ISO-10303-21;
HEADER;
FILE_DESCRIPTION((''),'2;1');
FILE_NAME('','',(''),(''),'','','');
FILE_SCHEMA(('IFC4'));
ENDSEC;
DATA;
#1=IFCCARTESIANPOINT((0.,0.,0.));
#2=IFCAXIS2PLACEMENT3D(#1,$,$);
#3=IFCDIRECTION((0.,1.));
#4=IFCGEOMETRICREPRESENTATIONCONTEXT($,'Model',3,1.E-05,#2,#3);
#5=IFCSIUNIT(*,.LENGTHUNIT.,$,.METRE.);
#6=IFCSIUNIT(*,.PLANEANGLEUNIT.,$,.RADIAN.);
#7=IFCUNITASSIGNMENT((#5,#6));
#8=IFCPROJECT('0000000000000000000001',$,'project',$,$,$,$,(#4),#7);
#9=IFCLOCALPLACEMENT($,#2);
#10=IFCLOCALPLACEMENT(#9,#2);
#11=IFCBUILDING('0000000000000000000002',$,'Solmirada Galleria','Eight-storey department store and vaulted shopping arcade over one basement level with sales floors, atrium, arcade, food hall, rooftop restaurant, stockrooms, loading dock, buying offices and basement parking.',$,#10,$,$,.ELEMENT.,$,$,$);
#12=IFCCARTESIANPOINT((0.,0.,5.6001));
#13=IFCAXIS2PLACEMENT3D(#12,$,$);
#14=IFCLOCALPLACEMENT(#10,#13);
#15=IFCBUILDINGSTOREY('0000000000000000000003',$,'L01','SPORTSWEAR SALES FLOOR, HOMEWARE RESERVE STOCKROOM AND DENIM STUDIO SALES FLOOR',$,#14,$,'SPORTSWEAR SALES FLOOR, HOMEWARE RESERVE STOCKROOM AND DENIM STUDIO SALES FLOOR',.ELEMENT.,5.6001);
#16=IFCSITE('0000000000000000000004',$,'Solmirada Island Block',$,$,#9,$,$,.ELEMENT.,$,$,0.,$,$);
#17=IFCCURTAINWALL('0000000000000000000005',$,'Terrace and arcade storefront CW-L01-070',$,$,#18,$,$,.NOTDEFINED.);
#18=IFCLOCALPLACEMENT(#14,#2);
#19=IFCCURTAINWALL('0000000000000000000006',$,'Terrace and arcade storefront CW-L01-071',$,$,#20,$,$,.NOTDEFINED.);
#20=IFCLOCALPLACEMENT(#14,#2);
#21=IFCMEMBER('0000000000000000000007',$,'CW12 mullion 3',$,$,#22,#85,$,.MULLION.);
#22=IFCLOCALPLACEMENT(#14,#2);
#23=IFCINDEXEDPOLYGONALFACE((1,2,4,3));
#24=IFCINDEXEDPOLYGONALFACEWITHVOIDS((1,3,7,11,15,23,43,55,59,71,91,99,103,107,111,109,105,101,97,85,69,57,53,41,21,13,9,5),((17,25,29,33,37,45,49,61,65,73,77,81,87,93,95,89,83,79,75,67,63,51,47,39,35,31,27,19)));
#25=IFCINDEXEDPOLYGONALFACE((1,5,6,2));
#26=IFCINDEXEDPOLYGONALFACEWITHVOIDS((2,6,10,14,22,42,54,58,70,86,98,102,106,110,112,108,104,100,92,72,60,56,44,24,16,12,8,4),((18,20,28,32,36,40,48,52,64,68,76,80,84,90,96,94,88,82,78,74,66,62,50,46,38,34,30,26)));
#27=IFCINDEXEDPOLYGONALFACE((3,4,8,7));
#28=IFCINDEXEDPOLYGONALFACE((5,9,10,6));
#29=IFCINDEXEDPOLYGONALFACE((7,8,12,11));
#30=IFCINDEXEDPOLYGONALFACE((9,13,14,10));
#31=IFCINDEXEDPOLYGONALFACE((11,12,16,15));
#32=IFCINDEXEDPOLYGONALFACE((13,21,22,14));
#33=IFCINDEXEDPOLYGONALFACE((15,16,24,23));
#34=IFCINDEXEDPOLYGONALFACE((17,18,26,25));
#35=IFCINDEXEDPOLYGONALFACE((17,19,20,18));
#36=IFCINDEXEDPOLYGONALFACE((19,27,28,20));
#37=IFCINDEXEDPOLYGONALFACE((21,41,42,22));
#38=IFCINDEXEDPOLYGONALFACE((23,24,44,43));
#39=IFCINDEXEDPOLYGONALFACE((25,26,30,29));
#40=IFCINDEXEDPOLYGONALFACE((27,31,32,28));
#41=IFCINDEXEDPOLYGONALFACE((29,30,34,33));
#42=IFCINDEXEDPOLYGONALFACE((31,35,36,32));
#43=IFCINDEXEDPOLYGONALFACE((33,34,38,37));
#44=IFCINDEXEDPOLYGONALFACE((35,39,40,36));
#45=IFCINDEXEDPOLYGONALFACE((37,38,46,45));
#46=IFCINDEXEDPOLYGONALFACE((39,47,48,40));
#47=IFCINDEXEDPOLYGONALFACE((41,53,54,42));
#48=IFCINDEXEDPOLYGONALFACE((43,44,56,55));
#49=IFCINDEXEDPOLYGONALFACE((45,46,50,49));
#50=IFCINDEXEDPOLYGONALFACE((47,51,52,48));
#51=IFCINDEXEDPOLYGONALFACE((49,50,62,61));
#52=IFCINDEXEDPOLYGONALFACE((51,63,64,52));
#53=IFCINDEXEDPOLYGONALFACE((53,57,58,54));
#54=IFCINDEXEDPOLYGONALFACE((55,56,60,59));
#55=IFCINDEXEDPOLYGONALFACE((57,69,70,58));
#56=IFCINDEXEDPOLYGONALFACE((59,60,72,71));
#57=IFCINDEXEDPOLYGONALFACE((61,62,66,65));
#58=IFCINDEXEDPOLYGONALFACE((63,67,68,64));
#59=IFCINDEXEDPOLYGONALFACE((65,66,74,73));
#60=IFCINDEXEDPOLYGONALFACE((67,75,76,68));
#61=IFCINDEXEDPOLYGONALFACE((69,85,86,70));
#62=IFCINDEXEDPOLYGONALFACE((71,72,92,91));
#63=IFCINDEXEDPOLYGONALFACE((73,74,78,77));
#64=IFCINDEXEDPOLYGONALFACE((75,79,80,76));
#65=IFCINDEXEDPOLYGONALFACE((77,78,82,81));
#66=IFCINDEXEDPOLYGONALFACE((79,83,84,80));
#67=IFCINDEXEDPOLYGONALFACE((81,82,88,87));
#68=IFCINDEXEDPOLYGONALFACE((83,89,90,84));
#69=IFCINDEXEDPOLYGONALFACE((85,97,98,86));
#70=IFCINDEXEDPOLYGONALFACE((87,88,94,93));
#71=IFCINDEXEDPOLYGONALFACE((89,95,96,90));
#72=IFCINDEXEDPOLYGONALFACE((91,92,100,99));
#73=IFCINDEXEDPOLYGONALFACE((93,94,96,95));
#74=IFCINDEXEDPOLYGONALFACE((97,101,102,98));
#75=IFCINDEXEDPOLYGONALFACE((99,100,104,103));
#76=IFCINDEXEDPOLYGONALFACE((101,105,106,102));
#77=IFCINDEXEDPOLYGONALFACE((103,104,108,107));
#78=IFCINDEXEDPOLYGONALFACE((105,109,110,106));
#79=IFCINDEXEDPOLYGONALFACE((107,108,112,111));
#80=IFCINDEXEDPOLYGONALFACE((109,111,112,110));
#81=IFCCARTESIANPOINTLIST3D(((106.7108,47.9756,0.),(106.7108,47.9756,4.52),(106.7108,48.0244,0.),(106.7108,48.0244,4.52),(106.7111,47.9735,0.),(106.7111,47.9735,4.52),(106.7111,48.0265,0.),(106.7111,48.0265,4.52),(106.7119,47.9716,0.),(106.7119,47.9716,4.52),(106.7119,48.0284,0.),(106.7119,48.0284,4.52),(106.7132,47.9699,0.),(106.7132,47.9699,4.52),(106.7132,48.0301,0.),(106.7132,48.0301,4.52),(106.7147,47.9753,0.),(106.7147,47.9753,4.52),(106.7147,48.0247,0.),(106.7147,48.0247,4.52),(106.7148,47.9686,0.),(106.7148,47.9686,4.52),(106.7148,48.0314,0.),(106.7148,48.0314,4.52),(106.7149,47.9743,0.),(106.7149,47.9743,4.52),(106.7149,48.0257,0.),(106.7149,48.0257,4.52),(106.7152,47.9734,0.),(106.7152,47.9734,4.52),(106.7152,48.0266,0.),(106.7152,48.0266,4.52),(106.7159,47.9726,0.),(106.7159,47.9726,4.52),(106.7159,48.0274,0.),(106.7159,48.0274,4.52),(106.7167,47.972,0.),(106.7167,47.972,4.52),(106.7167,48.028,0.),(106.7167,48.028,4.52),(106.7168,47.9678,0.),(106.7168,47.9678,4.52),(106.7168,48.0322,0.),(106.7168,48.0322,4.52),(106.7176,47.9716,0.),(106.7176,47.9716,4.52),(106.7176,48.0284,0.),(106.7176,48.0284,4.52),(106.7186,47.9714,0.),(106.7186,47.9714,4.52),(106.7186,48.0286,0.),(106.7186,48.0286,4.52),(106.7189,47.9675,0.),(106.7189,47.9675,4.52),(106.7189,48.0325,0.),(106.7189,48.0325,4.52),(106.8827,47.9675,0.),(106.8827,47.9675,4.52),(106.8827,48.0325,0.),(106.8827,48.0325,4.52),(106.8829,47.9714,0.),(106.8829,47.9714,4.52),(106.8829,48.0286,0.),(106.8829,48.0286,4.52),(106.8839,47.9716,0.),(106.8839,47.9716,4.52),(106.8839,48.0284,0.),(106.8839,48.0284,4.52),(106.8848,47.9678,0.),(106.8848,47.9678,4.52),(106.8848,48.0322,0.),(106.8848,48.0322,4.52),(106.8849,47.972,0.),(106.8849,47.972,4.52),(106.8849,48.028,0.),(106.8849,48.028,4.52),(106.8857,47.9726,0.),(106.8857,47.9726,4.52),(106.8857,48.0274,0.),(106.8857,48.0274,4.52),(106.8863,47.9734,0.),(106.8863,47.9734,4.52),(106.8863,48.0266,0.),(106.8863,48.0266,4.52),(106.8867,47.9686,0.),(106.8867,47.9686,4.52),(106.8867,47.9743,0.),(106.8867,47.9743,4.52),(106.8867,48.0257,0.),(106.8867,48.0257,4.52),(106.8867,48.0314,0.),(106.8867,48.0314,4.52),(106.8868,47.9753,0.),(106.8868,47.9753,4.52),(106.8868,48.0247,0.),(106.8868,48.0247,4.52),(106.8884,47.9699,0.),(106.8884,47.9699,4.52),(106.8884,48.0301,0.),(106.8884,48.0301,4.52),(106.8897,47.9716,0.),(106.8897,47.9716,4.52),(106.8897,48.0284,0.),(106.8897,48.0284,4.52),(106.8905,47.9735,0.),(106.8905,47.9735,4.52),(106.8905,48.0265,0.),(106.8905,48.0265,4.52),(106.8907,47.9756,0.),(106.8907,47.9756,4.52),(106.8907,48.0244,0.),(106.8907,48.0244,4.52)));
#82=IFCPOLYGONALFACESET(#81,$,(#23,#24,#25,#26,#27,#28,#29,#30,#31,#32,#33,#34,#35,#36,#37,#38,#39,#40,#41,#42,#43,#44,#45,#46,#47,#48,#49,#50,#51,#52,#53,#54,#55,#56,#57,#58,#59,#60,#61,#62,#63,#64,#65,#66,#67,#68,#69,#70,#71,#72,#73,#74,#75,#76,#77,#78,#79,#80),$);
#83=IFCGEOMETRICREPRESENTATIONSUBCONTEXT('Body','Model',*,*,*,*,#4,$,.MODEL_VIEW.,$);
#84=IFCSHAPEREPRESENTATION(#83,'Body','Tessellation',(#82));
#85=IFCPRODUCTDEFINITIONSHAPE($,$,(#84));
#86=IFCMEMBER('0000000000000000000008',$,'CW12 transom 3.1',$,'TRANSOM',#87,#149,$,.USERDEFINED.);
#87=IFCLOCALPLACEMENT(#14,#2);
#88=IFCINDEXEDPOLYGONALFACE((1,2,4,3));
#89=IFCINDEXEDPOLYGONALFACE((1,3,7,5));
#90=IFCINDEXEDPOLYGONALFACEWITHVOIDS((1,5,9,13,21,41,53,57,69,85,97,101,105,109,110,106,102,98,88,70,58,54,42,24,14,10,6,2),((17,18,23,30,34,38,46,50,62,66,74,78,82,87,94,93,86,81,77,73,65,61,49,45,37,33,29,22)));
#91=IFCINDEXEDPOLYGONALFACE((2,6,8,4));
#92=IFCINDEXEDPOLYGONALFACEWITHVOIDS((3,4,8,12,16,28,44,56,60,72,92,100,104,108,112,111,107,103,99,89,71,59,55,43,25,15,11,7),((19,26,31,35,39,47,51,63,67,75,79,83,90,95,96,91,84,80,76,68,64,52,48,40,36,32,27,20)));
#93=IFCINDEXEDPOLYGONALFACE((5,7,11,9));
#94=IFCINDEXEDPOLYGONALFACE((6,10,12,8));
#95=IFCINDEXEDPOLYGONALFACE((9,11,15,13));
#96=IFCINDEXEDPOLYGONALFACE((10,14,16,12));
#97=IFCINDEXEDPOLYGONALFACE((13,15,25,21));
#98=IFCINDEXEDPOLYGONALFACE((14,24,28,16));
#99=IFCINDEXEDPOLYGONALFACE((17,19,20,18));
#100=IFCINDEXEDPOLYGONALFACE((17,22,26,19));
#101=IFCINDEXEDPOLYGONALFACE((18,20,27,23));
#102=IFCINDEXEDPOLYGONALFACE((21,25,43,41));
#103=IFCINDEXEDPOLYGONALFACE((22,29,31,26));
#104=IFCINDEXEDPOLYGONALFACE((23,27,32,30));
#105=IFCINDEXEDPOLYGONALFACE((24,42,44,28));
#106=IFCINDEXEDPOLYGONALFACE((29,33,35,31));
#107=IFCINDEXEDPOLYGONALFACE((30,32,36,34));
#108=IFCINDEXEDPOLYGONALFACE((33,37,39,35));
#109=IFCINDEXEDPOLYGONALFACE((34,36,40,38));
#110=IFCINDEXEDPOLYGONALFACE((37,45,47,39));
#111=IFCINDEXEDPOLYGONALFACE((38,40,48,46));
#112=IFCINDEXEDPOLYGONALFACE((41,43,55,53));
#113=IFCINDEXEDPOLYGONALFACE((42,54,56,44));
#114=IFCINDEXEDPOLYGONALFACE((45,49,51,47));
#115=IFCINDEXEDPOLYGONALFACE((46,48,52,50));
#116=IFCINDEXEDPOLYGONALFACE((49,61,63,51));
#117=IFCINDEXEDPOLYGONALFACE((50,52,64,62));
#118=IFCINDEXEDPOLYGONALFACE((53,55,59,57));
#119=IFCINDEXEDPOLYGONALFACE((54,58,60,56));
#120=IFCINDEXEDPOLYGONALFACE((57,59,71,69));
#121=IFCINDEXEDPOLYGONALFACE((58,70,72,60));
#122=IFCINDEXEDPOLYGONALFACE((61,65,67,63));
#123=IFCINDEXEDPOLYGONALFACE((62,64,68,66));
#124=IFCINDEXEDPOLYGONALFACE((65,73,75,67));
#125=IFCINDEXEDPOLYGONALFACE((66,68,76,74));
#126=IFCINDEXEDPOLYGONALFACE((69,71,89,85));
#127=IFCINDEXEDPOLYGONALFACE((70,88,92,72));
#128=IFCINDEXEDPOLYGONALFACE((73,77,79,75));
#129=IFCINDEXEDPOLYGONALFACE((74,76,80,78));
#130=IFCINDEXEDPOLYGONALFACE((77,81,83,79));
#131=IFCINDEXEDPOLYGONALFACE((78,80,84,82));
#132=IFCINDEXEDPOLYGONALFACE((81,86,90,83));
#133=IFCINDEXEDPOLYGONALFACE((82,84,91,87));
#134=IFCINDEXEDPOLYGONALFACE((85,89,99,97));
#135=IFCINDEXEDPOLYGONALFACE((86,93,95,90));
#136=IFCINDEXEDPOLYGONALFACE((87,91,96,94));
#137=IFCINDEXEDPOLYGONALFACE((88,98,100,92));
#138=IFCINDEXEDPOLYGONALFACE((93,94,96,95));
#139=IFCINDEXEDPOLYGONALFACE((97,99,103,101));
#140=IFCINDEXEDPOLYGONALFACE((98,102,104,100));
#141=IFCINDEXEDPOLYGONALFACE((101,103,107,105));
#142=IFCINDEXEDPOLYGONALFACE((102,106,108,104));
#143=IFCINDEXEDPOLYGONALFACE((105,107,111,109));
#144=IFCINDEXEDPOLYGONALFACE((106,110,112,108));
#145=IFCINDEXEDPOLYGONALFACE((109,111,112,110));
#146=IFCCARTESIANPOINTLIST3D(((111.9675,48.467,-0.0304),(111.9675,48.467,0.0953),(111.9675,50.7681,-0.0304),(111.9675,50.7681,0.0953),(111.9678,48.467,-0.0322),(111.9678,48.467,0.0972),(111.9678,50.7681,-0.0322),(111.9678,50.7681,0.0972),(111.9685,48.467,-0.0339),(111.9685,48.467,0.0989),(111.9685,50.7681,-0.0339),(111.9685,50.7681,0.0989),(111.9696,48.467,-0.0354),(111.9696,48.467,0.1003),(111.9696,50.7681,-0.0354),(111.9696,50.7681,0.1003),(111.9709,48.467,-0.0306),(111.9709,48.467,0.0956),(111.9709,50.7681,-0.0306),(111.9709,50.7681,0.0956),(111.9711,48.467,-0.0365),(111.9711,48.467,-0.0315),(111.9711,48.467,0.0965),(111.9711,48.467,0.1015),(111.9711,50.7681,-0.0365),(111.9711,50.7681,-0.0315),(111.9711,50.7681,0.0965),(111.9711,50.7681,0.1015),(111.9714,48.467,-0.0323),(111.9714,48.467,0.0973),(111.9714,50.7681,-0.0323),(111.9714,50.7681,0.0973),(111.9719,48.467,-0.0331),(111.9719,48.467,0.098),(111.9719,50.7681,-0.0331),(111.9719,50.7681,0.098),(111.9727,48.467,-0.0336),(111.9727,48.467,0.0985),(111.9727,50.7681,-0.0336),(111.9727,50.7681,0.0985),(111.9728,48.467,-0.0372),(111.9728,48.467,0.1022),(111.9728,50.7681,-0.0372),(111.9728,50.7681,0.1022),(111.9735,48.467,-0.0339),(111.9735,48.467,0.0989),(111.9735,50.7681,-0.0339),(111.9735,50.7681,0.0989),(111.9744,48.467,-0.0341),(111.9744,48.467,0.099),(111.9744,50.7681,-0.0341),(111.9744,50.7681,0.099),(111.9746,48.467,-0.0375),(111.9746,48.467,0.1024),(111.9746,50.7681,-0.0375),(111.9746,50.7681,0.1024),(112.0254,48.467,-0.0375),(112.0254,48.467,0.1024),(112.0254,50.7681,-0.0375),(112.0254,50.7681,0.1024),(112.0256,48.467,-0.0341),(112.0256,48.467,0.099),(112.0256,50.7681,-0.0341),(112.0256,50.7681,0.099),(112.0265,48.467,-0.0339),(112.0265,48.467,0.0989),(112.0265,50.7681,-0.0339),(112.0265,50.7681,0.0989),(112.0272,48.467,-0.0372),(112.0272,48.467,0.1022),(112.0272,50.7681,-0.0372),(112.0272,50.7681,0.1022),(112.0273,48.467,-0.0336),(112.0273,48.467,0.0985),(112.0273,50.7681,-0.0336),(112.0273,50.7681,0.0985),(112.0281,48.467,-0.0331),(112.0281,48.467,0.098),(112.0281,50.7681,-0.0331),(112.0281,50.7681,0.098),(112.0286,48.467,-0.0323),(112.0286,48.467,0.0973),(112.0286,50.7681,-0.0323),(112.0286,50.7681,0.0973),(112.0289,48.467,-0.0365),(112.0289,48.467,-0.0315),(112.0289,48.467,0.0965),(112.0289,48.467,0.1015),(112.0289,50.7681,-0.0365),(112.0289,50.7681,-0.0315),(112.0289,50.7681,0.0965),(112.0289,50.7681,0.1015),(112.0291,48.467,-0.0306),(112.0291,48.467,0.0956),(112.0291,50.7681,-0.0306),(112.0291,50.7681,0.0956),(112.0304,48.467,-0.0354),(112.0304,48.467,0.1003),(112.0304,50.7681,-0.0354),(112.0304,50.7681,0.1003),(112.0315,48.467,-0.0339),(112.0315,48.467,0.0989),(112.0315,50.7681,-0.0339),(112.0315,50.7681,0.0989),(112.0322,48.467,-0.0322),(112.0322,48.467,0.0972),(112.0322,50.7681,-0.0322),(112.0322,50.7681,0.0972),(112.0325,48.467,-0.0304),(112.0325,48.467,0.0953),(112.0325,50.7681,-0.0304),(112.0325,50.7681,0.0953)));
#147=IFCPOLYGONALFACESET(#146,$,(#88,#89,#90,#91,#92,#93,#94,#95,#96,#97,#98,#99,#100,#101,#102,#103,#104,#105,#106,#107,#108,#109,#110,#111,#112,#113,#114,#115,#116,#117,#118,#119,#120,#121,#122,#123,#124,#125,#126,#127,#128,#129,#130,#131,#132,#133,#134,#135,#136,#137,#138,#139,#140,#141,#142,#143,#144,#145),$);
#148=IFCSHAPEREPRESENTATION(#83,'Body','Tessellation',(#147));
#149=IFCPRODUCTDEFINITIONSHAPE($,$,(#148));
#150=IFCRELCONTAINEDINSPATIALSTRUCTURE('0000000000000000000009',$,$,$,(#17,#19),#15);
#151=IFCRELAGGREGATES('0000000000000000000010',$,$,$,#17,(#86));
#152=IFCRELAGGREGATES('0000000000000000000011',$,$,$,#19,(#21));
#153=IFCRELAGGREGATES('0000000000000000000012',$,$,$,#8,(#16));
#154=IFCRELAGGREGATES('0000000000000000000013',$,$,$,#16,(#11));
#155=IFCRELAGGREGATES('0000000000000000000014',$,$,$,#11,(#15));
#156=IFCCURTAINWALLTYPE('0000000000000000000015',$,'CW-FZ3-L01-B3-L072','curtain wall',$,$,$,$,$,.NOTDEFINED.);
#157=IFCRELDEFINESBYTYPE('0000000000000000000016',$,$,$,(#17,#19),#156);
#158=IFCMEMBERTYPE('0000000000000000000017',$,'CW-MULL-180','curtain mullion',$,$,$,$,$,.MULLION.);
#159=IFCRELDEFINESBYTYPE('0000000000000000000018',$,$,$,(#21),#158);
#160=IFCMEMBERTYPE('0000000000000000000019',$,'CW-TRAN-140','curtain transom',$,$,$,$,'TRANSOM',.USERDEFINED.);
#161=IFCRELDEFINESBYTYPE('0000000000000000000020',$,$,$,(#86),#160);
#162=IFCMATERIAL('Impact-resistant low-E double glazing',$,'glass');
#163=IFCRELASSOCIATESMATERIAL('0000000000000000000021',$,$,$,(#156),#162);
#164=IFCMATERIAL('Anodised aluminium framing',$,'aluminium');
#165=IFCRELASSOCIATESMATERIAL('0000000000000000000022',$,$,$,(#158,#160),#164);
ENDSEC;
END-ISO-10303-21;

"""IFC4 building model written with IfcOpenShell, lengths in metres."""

from ifc_helpers import new_model, si_unit, direction, frame, origin, origin_2d, place, context, subcontext, project, spatial, hollow_rectangle, extrude, material, material_profile, profile_set, type_object, element, aggregate, save


model = new_model("IFC4")

# Units and contexts
model_context = context("Model", 3, precision=1e-05, world=origin(), true_north=direction((0.0, 1.0)))
body_context = subcontext(model_context, "Body", "Model", "MODEL_VIEW")
ifc_project = project(units=[si_unit("LENGTHUNIT", "METRE"), si_unit("PLANEANGLEUNIT", "RADIAN")], contexts=[model_context])

# Site, building, storey
site_placement = place(None, origin())
site = spatial("IfcSite", under=ifc_project, at=site_placement, Name="Solmirada Island Block", CompositionType="ELEMENT", RefElevation=0.0)
building_placement = place(site_placement, origin())
building = spatial("IfcBuilding", under=site, at=building_placement, Name="Solmirada Galleria", Description="Eight-storey department store and vaulted shopping arcade over one basement level with sales floors, atrium, arcade, food hall, rooftop restaurant, stockrooms, loading dock, buying offices and basement parking.", CompositionType="ELEMENT")
storey_placement = place(building_placement, frame((0.0, 0.0, 5.6001)))
storey = spatial("IfcBuildingStorey", under=building, at=storey_placement, Name="L01", Description="SPORTSWEAR SALES FLOOR, HOMEWARE RESERVE STOCKROOM AND DENIM STUDIO SALES FLOOR", LongName="SPORTSWEAR SALES FLOOR, HOMEWARE RESERVE STOCKROOM AND DENIM STUDIO SALES FLOOR", CompositionType="ELEMENT", Elevation=5.6001)

# Curtain walls, member
ifc_material_1 = material(Name="Impact-resistant low-E double glazing", Category="glass")
curtain_wall_type = type_object("IfcCurtainWallType", Name="CW-FZ3-L01-B3-L072", Description="curtain wall", PredefinedType="NOTDEFINED", material=ifc_material_1)
curtain_wall_1_placement = place(storey_placement, origin())
curtain_wall_1 = element("IfcCurtainWall", 1, at=curtain_wall_1_placement, inside=storey, type_object=curtain_wall_type, Name="Terrace and arcade storefront CW-L01-070", PredefinedType="NOTDEFINED")
ifc_material_2 = material(Name="Anodised aluminium framing", Category="aluminium")
ifc_material_profile_1 = material_profile(ifc_material_2, hollow_rectangle(XDim=0.0649, YDim=0.1799, WallThickness=0.0039, InnerFilletRadius=0.0039, OuterFilletRadius=0.0081, at=origin_2d()), Name="ALU-MULL-180X65")
ifc_profile_set_1 = profile_set([ifc_material_profile_1], Name="Anodised aluminium framing")
member_type_1 = type_object("IfcMemberType", Name="CW-MULL-180", Description="curtain mullion", PredefinedType="MULLION", material=ifc_profile_set_1)
curtain_wall_2_placement = place(storey_placement, origin())
curtain_wall_2 = element("IfcCurtainWall", 2, at=curtain_wall_2_placement, inside=storey, type_object=curtain_wall_type, Name="Terrace and arcade storefront CW-L01-071", PredefinedType="NOTDEFINED")
member_1_placement = place(storey_placement, frame((106.8008, 48.0, 0.0), z_axis=(0.0, 0.0, 1.0), x_axis=(0.0, -1.0, 0.0)))
member_1 = element("IfcMember", 3, at=member_1_placement, type_object=member_type_1, Name="CW12 mullion 3", PredefinedType="MULLION", context=body_context, shape_type="SweptSolid", body=[
    extrude(hollow_rectangle(XDim=0.0649, YDim=0.1799, WallThickness=0.0039, InnerFilletRadius=0.0039, OuterFilletRadius=0.0081, at=origin_2d()), origin(), (0.0, 0.0, 1.0), 4.52),
])

# Member
ifc_material_profile_2 = material_profile(ifc_material_2, hollow_rectangle(XDim=0.0649, YDim=0.1399, WallThickness=0.0034, InnerFilletRadius=0.0034, OuterFilletRadius=0.0071, at=origin_2d()), Name="ALU-TRAN-140X65")
ifc_profile_set_2 = profile_set([ifc_material_profile_2], Name="Anodised aluminium framing")
member_type_2 = type_object("IfcMemberType", Name="CW-TRAN-140", Description="curtain transom", ElementType="TRANSOM", PredefinedType="USERDEFINED", material=ifc_profile_set_2)
member_2_placement = place(storey_placement, frame((112.0, 50.7681, 0.0325), z_axis=(0.0, -1.0, 0.0), x_axis=(1.0, 0.0, 0.0)))
member_2 = element("IfcMember", 4, at=member_2_placement, type_object=member_type_2, Name="CW12 transom 3.1", ObjectType="TRANSOM", PredefinedType="USERDEFINED", context=body_context, shape_type="SweptSolid", body=[
    extrude(hollow_rectangle(XDim=0.0649, YDim=0.1399, WallThickness=0.0034, InnerFilletRadius=0.0034, OuterFilletRadius=0.0071, at=origin_2d()), origin(), (0.0, 0.0, 1.0), 2.301),
])

aggregate(curtain_wall_1, [member_2])
aggregate(curtain_wall_2, [member_1])

save(model, "model.ifc")
